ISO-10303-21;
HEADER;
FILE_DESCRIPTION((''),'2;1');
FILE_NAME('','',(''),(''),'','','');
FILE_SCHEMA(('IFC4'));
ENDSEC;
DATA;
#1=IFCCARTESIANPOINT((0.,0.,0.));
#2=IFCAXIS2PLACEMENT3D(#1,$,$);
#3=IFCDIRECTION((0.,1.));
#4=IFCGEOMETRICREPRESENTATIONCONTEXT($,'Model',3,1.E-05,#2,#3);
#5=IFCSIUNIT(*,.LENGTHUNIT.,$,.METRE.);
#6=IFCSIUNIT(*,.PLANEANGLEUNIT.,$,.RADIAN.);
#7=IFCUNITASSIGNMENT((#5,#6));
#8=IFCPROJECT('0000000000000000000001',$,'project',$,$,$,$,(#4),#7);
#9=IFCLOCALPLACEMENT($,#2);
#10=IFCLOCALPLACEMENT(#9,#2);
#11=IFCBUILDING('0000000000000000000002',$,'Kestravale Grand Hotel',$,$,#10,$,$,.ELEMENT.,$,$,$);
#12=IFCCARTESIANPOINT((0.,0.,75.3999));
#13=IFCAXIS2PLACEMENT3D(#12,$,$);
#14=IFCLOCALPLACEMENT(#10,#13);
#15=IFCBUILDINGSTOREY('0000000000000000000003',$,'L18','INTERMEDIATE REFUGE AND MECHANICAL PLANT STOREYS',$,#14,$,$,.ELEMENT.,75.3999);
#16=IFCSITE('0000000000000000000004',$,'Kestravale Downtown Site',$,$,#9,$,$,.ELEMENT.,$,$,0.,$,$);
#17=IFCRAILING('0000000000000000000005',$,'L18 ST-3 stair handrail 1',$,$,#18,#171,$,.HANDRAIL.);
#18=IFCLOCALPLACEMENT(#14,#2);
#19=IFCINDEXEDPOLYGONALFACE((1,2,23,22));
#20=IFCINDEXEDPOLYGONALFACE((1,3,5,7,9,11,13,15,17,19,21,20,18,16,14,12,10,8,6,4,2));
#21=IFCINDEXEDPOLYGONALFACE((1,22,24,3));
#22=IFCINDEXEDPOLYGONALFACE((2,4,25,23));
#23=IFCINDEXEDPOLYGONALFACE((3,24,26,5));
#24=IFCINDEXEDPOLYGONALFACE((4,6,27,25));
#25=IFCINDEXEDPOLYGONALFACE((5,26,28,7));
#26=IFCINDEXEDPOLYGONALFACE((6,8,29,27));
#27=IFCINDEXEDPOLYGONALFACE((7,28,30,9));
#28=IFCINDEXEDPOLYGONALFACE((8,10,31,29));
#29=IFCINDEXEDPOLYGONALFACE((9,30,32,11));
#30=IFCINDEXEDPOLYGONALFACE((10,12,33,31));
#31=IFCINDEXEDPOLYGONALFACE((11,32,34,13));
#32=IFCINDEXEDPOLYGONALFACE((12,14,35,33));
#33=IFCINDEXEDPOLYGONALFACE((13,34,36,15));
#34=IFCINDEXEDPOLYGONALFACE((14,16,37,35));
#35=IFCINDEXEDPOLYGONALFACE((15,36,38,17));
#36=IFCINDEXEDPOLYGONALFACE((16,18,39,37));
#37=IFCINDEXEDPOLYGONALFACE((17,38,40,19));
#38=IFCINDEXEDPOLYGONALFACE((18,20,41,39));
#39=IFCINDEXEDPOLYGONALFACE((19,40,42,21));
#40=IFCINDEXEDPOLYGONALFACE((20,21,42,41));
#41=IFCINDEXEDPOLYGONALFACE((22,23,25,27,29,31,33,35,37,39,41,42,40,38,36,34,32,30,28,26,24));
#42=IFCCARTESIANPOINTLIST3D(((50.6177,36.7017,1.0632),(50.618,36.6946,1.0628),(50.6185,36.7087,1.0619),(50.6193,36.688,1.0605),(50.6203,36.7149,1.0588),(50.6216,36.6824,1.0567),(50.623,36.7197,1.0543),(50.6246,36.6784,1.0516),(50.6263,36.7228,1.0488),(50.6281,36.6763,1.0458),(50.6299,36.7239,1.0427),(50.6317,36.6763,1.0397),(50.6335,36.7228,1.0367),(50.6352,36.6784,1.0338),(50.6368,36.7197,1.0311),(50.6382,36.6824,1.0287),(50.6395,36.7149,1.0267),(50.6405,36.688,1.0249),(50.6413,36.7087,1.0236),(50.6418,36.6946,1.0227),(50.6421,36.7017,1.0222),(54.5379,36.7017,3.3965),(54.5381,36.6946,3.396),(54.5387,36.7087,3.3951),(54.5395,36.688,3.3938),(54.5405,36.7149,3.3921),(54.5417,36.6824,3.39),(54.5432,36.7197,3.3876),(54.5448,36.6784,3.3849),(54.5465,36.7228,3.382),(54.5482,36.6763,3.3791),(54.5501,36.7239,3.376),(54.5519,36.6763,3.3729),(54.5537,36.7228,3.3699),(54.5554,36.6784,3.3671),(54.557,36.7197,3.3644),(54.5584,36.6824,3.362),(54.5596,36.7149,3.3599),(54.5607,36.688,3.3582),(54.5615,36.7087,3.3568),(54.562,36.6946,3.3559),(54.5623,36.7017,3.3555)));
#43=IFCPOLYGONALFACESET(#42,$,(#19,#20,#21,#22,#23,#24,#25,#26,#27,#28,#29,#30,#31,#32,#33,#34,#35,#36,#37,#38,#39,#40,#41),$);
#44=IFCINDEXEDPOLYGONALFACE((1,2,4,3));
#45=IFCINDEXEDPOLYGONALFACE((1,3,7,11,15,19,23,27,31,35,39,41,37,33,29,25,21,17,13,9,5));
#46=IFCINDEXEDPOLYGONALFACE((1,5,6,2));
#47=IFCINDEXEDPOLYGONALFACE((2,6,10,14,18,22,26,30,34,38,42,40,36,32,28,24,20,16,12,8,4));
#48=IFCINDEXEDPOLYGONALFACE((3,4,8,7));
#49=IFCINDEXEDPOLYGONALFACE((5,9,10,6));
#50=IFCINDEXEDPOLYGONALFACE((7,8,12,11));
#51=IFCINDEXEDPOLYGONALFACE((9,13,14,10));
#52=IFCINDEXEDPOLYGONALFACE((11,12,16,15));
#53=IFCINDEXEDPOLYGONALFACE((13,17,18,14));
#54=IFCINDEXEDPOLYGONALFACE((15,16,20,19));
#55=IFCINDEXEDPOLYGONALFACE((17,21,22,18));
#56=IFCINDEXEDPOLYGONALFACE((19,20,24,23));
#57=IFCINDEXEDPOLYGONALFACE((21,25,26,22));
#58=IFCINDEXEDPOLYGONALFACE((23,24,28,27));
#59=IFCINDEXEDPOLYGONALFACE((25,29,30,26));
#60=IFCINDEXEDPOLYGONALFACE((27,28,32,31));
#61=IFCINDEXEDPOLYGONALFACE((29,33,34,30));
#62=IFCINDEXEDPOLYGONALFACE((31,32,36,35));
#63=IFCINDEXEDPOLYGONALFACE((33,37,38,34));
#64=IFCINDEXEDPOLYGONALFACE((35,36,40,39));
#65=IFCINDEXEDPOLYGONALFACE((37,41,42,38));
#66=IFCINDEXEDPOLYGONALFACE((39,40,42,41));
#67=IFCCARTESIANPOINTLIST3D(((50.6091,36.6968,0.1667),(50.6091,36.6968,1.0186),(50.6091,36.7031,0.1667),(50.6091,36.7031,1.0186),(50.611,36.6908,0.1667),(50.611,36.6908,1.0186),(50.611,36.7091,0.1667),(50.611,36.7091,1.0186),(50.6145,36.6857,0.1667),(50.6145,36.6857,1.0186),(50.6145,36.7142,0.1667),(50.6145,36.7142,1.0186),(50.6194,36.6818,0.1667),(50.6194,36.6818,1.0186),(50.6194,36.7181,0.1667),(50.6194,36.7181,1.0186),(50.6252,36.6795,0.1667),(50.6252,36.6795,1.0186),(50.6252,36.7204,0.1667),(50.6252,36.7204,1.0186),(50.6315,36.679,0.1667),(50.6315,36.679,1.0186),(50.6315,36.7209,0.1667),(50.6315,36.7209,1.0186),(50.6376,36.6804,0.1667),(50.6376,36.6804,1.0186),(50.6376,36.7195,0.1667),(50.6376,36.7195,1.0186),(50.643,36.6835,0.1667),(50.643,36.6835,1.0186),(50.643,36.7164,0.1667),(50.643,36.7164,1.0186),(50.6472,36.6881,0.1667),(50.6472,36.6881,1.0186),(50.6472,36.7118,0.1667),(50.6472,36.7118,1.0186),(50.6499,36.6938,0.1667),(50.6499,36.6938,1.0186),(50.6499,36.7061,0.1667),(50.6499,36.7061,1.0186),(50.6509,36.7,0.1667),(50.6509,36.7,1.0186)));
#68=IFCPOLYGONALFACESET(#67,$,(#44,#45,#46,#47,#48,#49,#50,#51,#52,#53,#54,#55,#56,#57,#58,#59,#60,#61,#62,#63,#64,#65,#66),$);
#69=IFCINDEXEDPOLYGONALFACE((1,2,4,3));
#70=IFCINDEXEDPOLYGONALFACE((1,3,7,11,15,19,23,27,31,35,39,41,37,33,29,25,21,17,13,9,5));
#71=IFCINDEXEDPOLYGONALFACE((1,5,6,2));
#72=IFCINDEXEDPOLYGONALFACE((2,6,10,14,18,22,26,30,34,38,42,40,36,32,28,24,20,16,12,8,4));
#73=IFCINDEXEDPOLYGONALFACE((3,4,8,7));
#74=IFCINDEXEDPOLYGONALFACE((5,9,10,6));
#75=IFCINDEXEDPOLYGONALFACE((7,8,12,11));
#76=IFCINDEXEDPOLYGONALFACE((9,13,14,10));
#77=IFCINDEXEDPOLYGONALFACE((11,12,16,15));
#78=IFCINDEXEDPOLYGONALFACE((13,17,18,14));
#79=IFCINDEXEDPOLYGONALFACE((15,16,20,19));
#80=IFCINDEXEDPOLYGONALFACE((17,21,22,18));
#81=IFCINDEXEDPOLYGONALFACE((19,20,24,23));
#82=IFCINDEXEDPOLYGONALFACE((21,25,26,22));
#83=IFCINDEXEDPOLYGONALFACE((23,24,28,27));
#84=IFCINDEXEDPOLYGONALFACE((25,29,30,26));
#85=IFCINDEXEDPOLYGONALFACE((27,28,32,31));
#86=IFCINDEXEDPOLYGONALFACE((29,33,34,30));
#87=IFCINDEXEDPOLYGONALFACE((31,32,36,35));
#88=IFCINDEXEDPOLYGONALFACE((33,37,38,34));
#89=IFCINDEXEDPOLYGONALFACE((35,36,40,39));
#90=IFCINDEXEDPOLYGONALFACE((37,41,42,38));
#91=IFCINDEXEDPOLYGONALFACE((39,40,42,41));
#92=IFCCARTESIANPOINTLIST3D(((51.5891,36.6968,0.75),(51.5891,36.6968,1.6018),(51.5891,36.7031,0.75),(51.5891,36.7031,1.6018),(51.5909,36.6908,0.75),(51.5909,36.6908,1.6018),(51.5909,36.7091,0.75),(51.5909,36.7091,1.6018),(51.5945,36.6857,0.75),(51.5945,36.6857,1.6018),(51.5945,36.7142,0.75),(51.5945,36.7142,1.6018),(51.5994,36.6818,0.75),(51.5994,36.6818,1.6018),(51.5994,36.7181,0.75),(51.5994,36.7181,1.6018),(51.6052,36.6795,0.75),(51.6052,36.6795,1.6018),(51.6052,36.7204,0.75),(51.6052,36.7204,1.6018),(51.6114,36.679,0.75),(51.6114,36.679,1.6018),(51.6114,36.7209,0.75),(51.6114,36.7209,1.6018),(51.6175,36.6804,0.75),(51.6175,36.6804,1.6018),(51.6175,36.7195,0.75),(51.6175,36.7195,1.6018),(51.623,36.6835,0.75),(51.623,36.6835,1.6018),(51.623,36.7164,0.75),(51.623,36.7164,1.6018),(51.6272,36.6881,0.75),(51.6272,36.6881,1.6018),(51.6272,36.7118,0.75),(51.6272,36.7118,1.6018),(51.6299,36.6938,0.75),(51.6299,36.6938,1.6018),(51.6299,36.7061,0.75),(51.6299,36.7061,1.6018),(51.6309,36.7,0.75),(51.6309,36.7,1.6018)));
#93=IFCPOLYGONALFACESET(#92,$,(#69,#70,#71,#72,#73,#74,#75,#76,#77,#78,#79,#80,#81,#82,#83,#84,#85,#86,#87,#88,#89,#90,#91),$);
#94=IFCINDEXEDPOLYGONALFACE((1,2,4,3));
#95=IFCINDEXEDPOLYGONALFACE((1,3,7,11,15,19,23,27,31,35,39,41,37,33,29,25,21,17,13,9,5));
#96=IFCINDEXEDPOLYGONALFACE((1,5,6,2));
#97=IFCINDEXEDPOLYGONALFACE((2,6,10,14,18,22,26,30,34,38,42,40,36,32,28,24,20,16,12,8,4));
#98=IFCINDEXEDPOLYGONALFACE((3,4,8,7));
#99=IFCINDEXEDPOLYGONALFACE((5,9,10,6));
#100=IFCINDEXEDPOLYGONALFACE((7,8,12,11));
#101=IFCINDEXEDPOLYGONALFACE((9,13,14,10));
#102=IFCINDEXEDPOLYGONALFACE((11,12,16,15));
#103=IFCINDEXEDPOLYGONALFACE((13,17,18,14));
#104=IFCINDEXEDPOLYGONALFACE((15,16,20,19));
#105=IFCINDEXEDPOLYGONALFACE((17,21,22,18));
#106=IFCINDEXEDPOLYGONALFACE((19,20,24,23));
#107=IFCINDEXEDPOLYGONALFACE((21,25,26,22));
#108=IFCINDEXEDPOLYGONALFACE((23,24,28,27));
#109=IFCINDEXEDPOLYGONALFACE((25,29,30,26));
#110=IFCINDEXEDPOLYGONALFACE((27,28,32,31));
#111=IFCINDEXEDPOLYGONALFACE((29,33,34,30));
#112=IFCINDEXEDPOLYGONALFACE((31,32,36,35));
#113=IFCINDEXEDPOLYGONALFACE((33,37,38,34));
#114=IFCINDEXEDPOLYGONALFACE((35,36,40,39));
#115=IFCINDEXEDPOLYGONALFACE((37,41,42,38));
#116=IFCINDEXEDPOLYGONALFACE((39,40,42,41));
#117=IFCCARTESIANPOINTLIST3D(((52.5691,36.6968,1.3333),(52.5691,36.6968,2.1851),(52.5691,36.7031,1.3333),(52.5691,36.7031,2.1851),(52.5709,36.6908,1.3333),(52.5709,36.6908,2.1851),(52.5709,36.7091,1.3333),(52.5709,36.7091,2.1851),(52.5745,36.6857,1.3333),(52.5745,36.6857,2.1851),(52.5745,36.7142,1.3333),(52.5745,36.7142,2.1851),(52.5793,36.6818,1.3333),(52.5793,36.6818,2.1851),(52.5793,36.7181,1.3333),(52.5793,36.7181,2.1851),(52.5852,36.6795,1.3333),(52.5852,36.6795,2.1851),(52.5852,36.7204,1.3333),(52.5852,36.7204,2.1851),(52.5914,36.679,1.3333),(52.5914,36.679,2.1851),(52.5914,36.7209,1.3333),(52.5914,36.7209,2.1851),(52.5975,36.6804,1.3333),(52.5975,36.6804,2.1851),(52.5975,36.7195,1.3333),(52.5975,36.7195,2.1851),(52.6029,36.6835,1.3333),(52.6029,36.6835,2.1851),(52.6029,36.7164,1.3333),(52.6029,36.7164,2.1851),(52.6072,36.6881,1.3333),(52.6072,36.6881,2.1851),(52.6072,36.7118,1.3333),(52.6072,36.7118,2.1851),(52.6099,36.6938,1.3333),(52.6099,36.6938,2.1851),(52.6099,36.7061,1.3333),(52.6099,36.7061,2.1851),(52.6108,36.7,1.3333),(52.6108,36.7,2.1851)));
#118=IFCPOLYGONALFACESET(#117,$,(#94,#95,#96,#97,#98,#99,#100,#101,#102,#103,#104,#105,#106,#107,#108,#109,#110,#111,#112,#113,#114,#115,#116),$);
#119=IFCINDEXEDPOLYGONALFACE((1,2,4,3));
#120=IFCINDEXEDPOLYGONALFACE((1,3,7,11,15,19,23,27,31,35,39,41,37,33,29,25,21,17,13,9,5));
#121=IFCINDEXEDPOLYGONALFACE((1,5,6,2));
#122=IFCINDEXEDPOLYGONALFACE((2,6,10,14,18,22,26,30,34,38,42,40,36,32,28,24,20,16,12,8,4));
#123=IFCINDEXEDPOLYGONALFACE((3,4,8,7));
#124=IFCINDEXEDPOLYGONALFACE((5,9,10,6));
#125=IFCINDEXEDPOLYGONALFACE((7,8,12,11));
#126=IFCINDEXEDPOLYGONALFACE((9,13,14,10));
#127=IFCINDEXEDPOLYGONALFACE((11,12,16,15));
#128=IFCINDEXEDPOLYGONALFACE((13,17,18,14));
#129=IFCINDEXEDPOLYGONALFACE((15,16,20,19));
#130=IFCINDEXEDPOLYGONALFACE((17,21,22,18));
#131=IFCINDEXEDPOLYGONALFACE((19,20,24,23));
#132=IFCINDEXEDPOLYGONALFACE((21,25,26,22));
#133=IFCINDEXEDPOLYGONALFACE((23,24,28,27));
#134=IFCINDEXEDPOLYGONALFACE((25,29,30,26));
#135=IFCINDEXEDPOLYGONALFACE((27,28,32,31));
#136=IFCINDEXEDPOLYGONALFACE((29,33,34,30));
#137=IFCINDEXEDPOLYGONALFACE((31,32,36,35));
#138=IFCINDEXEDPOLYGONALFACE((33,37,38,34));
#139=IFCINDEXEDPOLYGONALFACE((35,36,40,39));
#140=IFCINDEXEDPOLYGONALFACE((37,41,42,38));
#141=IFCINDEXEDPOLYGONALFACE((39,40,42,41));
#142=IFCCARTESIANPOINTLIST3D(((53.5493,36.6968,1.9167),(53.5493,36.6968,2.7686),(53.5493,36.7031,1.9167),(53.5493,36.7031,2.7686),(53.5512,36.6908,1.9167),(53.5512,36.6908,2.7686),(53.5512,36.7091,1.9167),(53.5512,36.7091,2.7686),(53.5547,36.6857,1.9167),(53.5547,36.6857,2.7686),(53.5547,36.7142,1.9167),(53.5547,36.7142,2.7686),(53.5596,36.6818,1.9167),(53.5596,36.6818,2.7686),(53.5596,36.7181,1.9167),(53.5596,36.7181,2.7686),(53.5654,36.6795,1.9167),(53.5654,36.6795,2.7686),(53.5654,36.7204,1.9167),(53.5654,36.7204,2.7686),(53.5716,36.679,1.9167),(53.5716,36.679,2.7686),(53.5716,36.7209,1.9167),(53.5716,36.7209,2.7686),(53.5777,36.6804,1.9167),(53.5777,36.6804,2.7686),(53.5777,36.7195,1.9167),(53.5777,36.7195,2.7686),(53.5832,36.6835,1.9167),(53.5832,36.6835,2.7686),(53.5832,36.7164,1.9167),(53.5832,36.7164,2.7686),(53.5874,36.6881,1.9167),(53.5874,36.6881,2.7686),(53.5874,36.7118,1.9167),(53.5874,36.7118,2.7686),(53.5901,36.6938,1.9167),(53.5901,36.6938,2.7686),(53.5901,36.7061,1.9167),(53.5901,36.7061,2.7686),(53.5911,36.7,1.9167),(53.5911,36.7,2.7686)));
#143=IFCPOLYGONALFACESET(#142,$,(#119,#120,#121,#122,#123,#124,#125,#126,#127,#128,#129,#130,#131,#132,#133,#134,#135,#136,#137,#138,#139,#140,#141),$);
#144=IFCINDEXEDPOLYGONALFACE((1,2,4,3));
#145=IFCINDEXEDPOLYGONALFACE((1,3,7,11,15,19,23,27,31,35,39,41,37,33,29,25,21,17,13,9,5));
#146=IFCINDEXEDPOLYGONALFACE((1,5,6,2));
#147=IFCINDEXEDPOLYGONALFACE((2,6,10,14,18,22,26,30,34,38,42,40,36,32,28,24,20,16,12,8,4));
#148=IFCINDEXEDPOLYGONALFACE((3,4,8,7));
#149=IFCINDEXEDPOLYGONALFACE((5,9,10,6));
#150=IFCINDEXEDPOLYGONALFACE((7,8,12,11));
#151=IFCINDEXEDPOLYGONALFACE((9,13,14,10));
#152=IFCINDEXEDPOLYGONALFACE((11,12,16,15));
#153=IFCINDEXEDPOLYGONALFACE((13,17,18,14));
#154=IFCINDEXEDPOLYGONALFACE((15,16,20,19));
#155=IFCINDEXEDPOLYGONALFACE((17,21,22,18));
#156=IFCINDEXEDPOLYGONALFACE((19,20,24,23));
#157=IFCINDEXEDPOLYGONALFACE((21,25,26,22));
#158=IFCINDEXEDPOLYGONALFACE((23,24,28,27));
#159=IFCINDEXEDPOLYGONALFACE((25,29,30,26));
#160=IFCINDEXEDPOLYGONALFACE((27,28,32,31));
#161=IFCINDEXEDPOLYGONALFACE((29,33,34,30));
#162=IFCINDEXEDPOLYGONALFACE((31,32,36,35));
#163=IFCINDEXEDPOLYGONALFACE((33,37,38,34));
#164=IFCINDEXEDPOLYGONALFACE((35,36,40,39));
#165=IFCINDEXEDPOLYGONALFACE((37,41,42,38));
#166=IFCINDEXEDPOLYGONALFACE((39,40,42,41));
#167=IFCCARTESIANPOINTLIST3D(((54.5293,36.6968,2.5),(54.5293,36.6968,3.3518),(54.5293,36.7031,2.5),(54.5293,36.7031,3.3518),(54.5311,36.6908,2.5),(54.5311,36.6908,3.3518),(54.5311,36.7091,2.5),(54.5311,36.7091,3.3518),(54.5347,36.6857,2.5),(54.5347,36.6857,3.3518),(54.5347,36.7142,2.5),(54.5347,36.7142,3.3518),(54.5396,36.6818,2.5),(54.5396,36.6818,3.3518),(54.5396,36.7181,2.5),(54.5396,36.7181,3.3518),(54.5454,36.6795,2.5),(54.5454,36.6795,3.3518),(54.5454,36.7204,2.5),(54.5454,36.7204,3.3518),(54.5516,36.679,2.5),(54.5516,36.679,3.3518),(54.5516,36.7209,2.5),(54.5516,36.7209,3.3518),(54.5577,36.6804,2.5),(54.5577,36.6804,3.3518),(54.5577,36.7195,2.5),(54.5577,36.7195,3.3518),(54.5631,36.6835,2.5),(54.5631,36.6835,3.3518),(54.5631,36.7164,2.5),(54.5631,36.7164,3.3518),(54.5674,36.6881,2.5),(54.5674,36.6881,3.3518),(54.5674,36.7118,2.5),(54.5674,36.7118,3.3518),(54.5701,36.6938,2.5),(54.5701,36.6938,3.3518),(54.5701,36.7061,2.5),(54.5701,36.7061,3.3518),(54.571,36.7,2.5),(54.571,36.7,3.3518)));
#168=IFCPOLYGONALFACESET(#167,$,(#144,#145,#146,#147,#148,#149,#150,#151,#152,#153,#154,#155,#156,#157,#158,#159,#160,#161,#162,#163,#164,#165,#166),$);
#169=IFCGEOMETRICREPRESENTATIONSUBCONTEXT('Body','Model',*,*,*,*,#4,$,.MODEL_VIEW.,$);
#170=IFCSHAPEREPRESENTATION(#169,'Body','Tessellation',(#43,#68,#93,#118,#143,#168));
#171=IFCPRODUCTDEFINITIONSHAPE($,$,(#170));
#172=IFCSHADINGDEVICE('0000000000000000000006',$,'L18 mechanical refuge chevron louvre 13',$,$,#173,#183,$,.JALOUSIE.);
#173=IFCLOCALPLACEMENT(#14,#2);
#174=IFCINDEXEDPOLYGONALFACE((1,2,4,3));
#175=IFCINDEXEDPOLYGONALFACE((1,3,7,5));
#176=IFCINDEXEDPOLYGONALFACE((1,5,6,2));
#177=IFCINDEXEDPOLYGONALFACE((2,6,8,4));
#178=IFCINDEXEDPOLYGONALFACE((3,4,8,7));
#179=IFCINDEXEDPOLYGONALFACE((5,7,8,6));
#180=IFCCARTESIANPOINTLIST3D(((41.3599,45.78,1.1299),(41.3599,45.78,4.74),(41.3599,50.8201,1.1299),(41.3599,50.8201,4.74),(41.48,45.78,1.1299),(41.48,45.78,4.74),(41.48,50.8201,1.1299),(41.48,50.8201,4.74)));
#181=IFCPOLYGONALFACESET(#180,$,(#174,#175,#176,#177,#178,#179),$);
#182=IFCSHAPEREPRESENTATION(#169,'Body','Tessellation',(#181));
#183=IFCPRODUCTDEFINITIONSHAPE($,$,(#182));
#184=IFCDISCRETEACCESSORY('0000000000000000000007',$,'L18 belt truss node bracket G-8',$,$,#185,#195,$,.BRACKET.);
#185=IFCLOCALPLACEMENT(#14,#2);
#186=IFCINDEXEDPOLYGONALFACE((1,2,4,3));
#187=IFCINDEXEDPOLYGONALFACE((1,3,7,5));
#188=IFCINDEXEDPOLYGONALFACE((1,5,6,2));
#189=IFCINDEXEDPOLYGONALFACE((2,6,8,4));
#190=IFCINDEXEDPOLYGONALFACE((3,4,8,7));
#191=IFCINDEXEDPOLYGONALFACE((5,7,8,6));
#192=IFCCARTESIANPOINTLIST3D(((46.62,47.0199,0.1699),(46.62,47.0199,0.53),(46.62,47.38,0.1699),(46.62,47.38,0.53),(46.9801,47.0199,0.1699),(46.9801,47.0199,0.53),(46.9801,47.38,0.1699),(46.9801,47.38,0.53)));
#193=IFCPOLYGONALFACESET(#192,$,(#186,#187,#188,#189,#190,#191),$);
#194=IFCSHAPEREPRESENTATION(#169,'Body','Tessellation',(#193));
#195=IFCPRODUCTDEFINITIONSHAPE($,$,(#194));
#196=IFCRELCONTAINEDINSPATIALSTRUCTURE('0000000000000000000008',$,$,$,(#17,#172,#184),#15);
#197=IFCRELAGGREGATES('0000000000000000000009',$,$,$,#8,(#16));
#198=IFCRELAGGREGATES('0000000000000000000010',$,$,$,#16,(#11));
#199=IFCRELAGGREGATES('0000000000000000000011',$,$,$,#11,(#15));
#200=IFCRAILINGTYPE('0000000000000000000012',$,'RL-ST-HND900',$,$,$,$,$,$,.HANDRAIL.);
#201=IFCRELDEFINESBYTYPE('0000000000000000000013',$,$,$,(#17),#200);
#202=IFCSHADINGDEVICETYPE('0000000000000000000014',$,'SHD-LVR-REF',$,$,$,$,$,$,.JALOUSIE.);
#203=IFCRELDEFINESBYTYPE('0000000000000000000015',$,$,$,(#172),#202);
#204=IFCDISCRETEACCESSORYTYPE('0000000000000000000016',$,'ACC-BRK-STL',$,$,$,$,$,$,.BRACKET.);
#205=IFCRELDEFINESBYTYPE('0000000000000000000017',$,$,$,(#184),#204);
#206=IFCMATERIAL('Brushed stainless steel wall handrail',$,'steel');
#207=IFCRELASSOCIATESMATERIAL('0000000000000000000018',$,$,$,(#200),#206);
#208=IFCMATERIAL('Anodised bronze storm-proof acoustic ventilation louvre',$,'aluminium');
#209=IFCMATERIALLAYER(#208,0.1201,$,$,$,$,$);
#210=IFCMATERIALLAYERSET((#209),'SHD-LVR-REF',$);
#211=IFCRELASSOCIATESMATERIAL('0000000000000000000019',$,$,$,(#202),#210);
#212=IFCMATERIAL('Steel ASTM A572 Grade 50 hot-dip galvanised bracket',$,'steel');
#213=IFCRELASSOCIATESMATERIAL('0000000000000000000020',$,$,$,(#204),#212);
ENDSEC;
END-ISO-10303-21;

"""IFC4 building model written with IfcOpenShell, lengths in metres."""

from ifc_helpers import new_model, si_unit, direction, frame, origin, origin_2d, place, context, subcontext, project, spatial, rectangle, circle, extrude, material, layer, layer_set, type_object, element, save


model = new_model("IFC4")

# Units and contexts
model_context = context("Model", 3, precision=1e-05, world=origin(), true_north=direction((0.0, 1.0)))
body_context = subcontext(model_context, "Body", "Model", "MODEL_VIEW")
ifc_project = project(units=[si_unit("LENGTHUNIT", "METRE"), si_unit("PLANEANGLEUNIT", "RADIAN")], contexts=[model_context])

# Site, building, storey
site_placement = place(None, origin())
site = spatial("IfcSite", under=ifc_project, at=site_placement, Name="Kestravale Downtown Site", CompositionType="ELEMENT", RefElevation=0.0)
building_placement = place(site_placement, origin())
building = spatial("IfcBuilding", under=site, at=building_placement, Name="Kestravale Grand Hotel", CompositionType="ELEMENT")
storey_placement = place(building_placement, frame((0.0, 0.0, 75.3999)))
storey = spatial("IfcBuildingStorey", under=building, at=storey_placement, Name="L18", Description="INTERMEDIATE REFUGE AND MECHANICAL PLANT STOREYS", CompositionType="ELEMENT", Elevation=75.3999)

# Railing
ifc_material_1 = material(Name="Brushed stainless steel wall handrail", Category="steel")
railing_type_1 = type_object("IfcRailingType", Name="RL-ST-HND900", PredefinedType="HANDRAIL", material=ifc_material_1)
railing_1_placement = place(storey_placement, frame((50.6299, 36.7, 0.1667)))
element("IfcRailing", 1, at=railing_1_placement, inside=storey, type_object=railing_type_1, Name="L18 ST-3 stair handrail 1", PredefinedType="HANDRAIL", context=body_context, shape_type="SweptSolid", body=[
    extrude(circle(Radius=0.0239, at=origin_2d()), frame((0.0, 0.0, 0.876), z_axis=(0.85931, 0.0, 0.511455), x_axis=(0.0, 1.0, 0.0)), (0.0, 0.0, 1.0), 4.562),
    extrude(circle(Radius=0.021, at=origin_2d()), origin(), (0.0, 0.0, 1.0), 0.8518),
    extrude(circle(Radius=0.021, at=origin_2d()), frame((0.98, 0.0, 0.5833)), (0.0, 0.0, 1.0), 0.8518),
    extrude(circle(Radius=0.021, at=origin_2d()), frame((1.96, 0.0, 1.1665)), (0.0, 0.0, 1.0), 0.8518),
    extrude(circle(Radius=0.021, at=origin_2d()), frame((2.9402, 0.0, 1.75)), (0.0, 0.0, 1.0), 0.8518),
    extrude(circle(Radius=0.021, at=origin_2d()), frame((3.9202, 0.0, 2.3333)), (0.0, 0.0, 1.0), 0.8518),
])

# Shading device
ifc_material_2 = material(Name="Anodised bronze storm-proof acoustic ventilation louvre", Category="aluminium")
ifc_layer_1 = layer(ifc_material_2, 0.1201)
ifc_layer_set_1 = layer_set([ifc_layer_1], Name="SHD-LVR-REF")
shading_device_type = type_object("IfcShadingDeviceType", Name="SHD-LVR-REF", PredefinedType="JALOUSIE", material=ifc_layer_set_1)
shading_device_placement = place(storey_placement, frame((41.4199, 48.3, 1.1299), z_axis=(0.0, 0.0, 1.0), x_axis=(0.0, -1.0, 0.0)))
element("IfcShadingDevice", 2, at=shading_device_placement, inside=storey, type_object=shading_device_type, Name="L18 mechanical refuge chevron louvre 13", PredefinedType="JALOUSIE", context=body_context, shape_type="SweptSolid", body=[
    extrude(rectangle(XDim=5.04, YDim=0.1201, at=origin_2d()), origin(), (0.0, 0.0, 1.0), 3.6101),
])

# Discrete accessory
ifc_material_3 = material(Name="Steel ASTM A572 Grade 50 hot-dip galvanised bracket", Category="steel")
discrete_accessory_type = type_object("IfcDiscreteAccessoryType", Name="ACC-BRK-STL", PredefinedType="BRACKET", material=ifc_material_3)
discrete_accessory_placement = place(storey_placement, frame((46.8, 47.2, 0.1699), z_axis=(0.0, 0.0, 1.0), x_axis=(1.0, 0.0, 0.0)))
element("IfcDiscreteAccessory", 3, at=discrete_accessory_placement, inside=storey, type_object=discrete_accessory_type, Name="L18 belt truss node bracket G-8", PredefinedType="BRACKET", context=body_context, shape_type="SweptSolid", body=[
    extrude(rectangle(XDim=0.3601, YDim=0.3601, at=origin_2d()), origin(), (0.0, 0.0, 1.0), 0.3601),
])

save(model, "model.ifc")
